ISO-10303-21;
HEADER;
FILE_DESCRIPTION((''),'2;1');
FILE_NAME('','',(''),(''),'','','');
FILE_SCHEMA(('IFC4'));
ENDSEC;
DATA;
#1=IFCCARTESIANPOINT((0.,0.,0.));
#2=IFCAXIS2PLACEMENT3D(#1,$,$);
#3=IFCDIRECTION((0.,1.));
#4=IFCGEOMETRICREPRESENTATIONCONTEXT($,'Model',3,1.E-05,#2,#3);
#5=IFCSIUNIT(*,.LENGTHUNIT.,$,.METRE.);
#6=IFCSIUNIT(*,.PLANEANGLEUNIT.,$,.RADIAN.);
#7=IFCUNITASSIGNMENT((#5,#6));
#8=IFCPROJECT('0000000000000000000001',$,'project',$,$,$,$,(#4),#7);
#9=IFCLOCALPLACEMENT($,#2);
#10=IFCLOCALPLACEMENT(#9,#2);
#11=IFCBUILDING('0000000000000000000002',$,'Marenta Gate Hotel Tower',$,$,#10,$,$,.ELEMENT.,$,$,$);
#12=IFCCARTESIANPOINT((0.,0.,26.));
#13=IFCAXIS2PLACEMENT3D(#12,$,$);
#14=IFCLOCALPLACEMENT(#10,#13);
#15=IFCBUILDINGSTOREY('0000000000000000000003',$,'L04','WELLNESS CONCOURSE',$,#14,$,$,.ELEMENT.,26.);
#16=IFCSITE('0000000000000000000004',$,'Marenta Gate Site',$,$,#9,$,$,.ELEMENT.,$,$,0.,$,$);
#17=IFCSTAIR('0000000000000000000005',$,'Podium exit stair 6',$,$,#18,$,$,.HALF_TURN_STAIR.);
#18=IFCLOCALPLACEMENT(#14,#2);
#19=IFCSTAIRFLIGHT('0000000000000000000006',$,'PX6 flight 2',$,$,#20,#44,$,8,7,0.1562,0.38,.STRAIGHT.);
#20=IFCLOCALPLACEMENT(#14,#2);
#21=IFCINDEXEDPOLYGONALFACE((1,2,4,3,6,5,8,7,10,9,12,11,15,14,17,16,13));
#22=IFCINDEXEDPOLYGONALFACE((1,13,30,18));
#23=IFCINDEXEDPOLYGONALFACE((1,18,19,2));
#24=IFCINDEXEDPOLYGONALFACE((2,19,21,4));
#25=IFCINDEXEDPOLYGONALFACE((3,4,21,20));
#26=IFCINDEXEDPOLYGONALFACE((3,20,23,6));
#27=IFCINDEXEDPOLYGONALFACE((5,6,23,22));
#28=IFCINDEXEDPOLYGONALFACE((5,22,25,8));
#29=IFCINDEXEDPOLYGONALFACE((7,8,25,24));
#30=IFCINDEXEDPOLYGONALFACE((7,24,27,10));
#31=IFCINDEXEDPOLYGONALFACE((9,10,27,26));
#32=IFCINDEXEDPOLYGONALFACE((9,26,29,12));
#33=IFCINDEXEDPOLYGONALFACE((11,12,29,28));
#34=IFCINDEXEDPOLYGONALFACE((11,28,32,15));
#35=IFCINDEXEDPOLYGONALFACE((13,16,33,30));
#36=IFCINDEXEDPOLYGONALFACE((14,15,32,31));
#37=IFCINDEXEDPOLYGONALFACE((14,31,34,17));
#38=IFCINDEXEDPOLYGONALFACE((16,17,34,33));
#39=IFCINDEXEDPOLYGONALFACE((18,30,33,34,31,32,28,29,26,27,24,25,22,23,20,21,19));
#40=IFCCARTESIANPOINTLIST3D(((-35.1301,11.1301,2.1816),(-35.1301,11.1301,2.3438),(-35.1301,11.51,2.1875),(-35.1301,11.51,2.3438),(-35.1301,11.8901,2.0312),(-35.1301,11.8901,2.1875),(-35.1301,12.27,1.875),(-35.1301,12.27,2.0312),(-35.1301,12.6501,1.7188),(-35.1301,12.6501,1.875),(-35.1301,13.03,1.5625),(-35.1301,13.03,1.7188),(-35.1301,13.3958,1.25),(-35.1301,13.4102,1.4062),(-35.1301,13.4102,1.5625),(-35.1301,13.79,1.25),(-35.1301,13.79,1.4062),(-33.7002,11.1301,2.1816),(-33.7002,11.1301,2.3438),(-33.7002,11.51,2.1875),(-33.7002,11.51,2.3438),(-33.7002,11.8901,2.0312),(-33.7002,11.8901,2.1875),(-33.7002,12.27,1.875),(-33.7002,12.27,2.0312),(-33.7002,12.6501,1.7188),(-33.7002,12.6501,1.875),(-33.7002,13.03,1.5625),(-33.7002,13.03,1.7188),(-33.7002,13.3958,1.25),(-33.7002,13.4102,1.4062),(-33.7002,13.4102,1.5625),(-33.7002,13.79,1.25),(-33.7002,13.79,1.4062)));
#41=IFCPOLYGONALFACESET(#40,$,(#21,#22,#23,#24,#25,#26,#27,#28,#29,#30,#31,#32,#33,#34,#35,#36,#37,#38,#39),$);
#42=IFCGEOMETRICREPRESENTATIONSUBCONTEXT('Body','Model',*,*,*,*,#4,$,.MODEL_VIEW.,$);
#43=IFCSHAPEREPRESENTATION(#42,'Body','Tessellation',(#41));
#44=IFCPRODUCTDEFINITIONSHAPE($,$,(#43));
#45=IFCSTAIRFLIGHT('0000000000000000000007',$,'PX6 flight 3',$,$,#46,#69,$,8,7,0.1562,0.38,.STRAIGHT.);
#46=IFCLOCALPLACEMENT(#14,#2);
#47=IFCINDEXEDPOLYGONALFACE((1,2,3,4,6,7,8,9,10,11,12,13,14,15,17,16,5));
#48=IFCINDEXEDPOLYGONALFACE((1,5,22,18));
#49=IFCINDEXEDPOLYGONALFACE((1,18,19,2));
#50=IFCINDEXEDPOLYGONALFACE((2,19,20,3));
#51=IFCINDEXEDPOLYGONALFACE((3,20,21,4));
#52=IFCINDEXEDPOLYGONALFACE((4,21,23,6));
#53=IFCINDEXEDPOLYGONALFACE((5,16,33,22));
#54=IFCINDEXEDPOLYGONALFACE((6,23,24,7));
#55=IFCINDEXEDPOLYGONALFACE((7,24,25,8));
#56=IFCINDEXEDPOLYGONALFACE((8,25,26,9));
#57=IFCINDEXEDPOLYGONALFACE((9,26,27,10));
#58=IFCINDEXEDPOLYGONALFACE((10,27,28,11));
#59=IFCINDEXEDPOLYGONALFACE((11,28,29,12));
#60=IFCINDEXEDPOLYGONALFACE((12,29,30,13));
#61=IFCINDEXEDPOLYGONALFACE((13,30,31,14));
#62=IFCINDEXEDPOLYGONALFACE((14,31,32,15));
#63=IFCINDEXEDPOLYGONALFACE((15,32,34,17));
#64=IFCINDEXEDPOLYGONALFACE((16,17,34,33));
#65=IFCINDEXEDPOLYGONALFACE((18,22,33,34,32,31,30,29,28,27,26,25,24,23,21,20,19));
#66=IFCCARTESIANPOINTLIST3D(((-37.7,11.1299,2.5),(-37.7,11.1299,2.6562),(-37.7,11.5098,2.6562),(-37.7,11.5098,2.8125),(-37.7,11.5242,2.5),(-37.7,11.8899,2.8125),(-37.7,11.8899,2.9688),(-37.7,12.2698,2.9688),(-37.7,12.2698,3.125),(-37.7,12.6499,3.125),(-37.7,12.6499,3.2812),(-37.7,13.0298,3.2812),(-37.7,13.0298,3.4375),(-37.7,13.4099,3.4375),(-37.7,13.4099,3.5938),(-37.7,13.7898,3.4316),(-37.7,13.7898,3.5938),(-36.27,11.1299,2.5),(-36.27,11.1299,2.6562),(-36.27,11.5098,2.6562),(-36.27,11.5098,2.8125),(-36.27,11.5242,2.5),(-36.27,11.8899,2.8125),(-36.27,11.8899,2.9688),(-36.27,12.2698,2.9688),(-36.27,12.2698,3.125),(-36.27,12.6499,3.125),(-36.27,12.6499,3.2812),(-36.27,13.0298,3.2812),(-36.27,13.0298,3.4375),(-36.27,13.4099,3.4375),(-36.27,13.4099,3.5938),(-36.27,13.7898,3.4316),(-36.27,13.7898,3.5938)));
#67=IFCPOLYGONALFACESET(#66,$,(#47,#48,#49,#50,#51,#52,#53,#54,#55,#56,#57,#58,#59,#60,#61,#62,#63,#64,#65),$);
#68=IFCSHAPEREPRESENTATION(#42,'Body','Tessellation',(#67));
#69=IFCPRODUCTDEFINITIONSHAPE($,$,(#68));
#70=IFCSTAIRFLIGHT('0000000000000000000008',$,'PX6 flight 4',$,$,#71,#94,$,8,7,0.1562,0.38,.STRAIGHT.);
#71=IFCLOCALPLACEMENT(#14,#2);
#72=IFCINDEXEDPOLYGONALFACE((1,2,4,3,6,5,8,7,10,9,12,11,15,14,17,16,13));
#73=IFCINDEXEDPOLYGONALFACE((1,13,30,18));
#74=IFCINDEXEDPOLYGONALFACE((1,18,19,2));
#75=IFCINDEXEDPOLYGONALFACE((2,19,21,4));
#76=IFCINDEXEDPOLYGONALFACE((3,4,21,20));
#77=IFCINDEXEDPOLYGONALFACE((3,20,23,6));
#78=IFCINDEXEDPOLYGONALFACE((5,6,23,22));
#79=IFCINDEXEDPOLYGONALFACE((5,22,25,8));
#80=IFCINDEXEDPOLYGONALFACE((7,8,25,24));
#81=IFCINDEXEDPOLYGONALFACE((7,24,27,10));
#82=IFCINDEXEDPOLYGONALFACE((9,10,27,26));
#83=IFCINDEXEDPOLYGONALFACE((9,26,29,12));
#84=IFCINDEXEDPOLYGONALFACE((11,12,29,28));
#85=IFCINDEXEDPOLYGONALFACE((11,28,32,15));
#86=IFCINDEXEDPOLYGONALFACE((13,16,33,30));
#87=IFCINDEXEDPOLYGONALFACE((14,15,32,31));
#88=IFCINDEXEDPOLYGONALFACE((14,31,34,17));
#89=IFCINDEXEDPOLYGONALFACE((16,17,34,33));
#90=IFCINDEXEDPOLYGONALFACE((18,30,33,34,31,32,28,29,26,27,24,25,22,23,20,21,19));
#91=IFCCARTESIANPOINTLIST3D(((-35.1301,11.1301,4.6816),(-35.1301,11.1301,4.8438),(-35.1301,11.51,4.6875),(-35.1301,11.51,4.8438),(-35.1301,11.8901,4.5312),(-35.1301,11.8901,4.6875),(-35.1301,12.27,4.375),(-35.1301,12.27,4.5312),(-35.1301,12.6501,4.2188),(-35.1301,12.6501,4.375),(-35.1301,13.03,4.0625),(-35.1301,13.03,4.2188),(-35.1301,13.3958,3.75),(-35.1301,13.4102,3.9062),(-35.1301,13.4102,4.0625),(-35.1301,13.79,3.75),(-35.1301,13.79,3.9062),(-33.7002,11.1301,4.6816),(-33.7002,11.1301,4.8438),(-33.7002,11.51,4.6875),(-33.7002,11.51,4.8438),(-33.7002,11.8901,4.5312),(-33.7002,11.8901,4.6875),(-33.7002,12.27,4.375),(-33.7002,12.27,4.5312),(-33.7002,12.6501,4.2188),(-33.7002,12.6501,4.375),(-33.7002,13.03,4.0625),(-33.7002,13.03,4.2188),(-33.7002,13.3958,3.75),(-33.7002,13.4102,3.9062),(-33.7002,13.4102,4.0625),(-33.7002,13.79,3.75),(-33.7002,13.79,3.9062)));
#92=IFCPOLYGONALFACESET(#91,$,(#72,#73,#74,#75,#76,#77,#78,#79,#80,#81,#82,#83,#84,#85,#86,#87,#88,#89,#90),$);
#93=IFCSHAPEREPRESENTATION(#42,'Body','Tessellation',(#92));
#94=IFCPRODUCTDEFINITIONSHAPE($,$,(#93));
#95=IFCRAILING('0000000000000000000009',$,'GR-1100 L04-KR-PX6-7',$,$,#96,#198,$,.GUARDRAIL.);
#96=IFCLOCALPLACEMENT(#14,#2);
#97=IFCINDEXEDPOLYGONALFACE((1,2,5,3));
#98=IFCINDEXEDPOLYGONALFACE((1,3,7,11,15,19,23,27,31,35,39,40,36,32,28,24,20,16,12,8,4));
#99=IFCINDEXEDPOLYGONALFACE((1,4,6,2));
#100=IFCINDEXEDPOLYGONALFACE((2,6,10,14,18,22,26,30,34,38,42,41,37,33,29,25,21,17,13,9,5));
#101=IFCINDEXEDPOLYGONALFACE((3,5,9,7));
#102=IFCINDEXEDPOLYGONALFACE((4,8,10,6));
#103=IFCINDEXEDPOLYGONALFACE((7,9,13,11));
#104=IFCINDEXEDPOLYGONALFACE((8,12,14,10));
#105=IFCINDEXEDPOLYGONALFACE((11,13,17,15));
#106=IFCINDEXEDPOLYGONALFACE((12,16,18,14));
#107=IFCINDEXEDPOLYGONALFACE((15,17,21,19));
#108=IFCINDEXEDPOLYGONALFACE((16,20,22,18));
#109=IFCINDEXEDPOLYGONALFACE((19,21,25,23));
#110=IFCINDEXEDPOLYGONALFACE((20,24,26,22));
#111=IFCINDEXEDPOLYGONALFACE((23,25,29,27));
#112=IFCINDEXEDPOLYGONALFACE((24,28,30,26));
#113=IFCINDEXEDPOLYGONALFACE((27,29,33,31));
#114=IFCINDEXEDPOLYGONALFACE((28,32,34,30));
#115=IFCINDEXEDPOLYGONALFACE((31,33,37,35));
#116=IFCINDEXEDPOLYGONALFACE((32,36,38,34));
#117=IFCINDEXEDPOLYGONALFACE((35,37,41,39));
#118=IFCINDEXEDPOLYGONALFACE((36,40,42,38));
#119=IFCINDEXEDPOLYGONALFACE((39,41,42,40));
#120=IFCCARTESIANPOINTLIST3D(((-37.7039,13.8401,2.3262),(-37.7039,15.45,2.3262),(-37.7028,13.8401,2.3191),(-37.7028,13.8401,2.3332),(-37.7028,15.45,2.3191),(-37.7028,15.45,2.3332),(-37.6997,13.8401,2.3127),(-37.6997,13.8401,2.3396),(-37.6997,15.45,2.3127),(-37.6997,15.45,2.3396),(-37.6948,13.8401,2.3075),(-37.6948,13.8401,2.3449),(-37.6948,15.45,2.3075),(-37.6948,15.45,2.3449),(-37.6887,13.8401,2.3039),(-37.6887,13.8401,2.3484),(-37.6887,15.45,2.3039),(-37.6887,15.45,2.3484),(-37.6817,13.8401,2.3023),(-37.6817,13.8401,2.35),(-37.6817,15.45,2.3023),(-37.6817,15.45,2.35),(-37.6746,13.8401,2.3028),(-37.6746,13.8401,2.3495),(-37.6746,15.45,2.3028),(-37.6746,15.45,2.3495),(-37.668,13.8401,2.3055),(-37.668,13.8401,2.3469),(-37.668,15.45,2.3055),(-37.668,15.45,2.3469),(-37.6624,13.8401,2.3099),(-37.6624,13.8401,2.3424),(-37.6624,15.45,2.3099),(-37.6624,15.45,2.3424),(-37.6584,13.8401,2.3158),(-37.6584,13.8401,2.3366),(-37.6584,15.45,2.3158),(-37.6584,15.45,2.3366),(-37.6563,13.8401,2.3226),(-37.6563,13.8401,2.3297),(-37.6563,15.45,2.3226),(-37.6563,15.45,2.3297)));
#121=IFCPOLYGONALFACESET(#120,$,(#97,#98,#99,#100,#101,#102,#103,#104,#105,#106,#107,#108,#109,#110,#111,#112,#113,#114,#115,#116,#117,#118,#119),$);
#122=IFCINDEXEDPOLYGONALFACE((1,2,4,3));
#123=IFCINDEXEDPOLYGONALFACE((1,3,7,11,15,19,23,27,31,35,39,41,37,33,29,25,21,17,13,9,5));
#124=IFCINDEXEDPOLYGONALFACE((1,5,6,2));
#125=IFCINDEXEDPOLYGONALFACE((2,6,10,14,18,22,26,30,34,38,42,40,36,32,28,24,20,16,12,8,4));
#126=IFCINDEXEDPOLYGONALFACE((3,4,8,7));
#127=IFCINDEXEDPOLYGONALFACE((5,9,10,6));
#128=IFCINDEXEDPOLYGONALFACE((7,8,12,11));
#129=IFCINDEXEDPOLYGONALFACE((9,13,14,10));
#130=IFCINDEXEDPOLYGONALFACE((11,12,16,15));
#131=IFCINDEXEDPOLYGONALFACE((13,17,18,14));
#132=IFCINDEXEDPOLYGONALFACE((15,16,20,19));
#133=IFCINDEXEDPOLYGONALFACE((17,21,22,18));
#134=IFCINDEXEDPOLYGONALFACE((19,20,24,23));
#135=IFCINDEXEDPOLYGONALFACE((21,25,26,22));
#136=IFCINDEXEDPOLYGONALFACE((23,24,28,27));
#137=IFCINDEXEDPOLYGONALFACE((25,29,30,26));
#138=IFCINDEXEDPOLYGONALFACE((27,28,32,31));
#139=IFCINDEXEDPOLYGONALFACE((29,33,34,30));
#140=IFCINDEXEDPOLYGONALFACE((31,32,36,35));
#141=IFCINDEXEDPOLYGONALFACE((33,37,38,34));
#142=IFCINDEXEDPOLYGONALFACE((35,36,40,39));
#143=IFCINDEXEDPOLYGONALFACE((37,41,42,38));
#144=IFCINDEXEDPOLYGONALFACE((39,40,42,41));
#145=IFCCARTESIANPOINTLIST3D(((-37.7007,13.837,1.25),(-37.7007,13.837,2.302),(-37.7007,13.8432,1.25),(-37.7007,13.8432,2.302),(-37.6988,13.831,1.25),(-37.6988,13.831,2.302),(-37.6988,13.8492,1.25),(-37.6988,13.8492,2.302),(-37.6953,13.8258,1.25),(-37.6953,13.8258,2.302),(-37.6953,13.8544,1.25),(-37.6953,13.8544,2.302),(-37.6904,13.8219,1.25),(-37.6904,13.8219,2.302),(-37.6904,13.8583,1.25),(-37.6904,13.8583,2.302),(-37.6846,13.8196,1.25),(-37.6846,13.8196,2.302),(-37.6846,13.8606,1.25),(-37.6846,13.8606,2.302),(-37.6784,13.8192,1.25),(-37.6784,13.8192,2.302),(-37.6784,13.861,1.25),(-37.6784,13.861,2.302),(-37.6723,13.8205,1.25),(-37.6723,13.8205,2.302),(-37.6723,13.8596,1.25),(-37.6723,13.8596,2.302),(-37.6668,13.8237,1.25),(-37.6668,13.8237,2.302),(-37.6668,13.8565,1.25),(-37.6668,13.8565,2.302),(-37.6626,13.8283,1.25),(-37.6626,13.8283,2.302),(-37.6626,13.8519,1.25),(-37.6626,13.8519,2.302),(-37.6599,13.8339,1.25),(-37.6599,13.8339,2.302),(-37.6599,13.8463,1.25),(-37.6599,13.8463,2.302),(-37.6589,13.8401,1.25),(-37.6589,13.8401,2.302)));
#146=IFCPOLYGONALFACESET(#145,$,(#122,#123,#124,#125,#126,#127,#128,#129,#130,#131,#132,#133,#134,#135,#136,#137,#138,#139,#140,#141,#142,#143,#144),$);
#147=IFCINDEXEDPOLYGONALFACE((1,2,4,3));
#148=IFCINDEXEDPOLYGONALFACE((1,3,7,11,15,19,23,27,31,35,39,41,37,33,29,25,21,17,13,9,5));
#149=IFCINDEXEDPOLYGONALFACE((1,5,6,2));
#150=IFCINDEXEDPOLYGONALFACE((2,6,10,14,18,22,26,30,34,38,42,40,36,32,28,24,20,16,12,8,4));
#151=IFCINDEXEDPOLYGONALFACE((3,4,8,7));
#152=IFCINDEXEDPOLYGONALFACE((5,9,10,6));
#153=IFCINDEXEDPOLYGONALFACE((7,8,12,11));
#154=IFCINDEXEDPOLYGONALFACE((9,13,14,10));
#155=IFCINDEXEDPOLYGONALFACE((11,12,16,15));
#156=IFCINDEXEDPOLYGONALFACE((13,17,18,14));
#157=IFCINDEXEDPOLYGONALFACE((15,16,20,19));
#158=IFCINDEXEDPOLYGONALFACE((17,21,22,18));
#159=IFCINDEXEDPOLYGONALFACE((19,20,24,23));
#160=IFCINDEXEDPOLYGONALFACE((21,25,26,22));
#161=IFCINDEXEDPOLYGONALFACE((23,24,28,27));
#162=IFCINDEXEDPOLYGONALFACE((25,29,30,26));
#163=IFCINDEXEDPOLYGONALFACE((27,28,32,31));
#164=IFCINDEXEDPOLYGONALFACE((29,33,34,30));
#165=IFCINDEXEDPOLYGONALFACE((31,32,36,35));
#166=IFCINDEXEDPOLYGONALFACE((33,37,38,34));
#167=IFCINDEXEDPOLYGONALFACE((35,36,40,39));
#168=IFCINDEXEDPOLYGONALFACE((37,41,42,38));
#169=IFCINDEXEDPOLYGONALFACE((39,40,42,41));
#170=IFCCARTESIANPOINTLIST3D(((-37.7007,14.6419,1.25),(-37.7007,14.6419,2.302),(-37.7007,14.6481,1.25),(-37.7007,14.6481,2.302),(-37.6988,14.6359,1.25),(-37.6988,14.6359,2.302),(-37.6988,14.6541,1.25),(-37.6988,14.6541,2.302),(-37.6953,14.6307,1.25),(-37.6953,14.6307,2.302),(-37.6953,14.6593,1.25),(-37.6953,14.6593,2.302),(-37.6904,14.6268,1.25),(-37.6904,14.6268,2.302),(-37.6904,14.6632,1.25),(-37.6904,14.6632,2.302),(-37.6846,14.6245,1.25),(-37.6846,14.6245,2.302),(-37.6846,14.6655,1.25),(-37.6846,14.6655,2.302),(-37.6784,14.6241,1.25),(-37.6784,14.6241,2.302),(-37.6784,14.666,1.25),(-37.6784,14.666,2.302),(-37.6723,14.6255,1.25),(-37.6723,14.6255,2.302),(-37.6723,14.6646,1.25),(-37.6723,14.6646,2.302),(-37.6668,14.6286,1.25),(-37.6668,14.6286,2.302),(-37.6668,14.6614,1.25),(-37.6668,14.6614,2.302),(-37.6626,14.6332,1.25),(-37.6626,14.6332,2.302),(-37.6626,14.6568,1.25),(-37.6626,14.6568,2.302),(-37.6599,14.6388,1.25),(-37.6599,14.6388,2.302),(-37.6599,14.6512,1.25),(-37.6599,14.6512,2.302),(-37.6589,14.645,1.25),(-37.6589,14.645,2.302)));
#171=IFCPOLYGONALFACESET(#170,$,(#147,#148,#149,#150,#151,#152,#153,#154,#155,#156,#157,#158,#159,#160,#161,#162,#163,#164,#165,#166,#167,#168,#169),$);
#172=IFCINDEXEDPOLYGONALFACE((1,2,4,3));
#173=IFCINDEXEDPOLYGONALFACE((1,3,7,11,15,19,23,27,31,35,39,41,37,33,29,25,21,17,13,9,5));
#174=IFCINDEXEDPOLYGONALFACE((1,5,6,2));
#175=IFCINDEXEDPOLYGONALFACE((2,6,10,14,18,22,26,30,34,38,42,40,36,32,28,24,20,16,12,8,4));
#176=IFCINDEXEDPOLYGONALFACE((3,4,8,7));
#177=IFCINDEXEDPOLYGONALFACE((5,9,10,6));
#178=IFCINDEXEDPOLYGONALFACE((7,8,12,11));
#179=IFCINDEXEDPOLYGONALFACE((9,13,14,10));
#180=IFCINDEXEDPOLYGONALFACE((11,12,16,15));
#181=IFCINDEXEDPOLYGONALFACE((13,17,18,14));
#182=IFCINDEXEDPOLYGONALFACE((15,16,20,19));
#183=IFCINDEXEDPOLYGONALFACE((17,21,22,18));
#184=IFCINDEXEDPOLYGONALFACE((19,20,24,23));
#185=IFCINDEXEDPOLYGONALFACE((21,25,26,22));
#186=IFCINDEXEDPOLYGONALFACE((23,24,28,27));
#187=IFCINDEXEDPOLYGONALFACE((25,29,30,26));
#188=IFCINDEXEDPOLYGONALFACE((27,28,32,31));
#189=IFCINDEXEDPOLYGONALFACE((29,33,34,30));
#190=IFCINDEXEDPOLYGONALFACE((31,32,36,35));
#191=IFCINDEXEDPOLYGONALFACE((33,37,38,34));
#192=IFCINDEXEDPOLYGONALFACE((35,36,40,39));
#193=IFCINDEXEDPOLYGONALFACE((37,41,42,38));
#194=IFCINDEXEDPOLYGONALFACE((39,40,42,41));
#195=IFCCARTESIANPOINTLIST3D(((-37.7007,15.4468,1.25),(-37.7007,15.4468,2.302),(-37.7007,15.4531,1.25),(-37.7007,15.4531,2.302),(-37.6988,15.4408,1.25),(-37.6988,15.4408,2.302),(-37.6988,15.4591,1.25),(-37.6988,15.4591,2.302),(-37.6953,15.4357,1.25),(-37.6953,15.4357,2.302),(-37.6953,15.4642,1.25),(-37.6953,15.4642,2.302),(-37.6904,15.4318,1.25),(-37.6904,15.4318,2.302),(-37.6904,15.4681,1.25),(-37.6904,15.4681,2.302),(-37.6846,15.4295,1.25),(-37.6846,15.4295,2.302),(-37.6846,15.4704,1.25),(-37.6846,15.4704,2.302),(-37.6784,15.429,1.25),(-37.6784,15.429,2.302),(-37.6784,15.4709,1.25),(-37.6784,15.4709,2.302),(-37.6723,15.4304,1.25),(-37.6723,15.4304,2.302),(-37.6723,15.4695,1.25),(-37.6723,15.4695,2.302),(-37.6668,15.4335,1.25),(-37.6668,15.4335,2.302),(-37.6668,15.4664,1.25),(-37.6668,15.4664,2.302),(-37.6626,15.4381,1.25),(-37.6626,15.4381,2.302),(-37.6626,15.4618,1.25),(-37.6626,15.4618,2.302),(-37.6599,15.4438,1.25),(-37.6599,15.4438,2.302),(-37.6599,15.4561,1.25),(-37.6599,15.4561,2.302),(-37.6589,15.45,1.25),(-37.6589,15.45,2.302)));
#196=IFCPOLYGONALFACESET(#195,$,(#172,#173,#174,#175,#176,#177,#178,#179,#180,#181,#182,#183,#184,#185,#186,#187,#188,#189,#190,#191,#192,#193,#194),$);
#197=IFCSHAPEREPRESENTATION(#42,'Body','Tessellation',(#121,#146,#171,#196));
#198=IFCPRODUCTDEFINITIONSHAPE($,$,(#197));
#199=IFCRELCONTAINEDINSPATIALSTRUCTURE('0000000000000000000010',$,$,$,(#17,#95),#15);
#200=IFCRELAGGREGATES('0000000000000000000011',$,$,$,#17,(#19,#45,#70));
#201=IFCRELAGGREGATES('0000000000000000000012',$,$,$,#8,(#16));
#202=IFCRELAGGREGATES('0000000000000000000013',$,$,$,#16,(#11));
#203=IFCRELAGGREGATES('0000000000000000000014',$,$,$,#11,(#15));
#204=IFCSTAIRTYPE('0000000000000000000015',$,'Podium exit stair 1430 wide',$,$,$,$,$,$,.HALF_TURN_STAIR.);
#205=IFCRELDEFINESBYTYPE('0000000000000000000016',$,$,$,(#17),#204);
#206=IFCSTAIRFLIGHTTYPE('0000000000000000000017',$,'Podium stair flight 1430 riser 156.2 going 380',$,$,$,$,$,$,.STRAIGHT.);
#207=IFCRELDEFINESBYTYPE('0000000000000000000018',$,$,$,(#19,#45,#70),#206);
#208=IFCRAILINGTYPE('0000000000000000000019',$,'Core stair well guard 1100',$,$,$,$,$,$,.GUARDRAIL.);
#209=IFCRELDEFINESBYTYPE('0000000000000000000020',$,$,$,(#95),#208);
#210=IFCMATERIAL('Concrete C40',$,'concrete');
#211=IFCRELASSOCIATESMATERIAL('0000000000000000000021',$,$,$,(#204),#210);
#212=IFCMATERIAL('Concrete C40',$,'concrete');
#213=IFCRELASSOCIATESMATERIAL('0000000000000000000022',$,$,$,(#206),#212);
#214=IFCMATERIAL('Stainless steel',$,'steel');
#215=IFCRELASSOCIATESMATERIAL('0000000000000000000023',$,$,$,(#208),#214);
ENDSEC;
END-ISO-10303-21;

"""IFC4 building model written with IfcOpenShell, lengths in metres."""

from ifc_helpers import new_model, si_unit, direction, frame, origin, origin_2d, place, context, subcontext, project, spatial, polyline, circle, outline, extrude, material, type_object, element, aggregate, save


model = new_model("IFC4")

# Units and contexts
model_context = context("Model", 3, precision=1e-05, world=origin(), true_north=direction((0.0, 1.0)))
body_context = subcontext(model_context, "Body", "Model", "MODEL_VIEW")
ifc_project = project(units=[si_unit("LENGTHUNIT", "METRE"), si_unit("PLANEANGLEUNIT", "RADIAN")], contexts=[model_context])

# Site, building, storey
site_placement = place(None, origin())
site = spatial("IfcSite", under=ifc_project, at=site_placement, Name="Marenta Gate Site", CompositionType="ELEMENT", RefElevation=0.0)
building_placement = place(site_placement, origin())
building = spatial("IfcBuilding", under=site, at=building_placement, Name="Marenta Gate Hotel Tower", CompositionType="ELEMENT")
storey_placement = place(building_placement, frame((0.0, 0.0, 26.0)))
storey = spatial("IfcBuildingStorey", under=building, at=storey_placement, Name="L04", Description="WELLNESS CONCOURSE", CompositionType="ELEMENT", Elevation=26.0)

# Stair, stair flights
ifc_material_1 = material(Name="Concrete C40", Category="concrete")
stair_type = type_object("IfcStairType", Name="Podium exit stair 1430 wide", PredefinedType="HALF_TURN_STAIR", material=ifc_material_1)
stair_placement = place(storey_placement, origin())
stair = element("IfcStair", 1, at=stair_placement, inside=storey, type_object=stair_type, Name="Podium exit stair 6", PredefinedType="HALF_TURN_STAIR")
ifc_material_2 = material(Name="Concrete C40", Category="concrete")
stair_flight_type = type_object("IfcStairFlightType", Name="Podium stair flight 1430 riser 156.2 going 380", PredefinedType="STRAIGHT", material=ifc_material_2)
stair_flight_1_placement = place(storey_placement, frame((-34.415, 13.79, 1.25), z_axis=(0.0, 0.0, 1.0), x_axis=(0.0, -1.0, 0.0)))
stair_flight_1 = element("IfcStairFlight", 2, at=stair_flight_1_placement, type_object=stair_flight_type, Name="PX6 flight 2", NumberOfRisers=8, NumberOfTreads=7, PredefinedType="STRAIGHT", RiserHeight=0.1562, TreadLength=0.38, context=body_context, shape_type="SweptSolid", body=[
    extrude(outline(polyline([(0.0, 0.0), (0.0, 0.1562), (0.3799, 0.1562), (0.3799, 0.3125), (0.76, 0.3125), (0.76, 0.4688), (1.1399, 0.4688), (1.1399, 0.625), (1.52, 0.625), (1.52, 0.7812), (1.8999, 0.7812), (1.8999, 0.9375), (2.28, 0.9375), (2.28, 1.0938), (2.6599, 1.0938), (2.6599, 1.25), (2.6599, 0.9316), (0.3943, 0.0), (0.0, 0.0)])), frame((0.0, 0.7148, 0.0), z_axis=(0.0, -1.0, 0.0), x_axis=(1.0, 0.0, 0.0)), (0.0, 0.0, 1.0), 1.4299),
])
stair_flight_2_placement = place(storey_placement, frame((-36.9851, 11.1299, 2.5), z_axis=(0.0, 0.0, 1.0), x_axis=(0.0, 1.0, 0.0)))
stair_flight_2 = element("IfcStairFlight", 3, at=stair_flight_2_placement, type_object=stair_flight_type, Name="PX6 flight 3", NumberOfRisers=8, NumberOfTreads=7, PredefinedType="STRAIGHT", RiserHeight=0.1562, TreadLength=0.38, context=body_context, shape_type="SweptSolid", body=[
    extrude(outline(polyline([(0.0, 0.0), (0.0, 0.1562), (0.3799, 0.1562), (0.3799, 0.3125), (0.76, 0.3125), (0.76, 0.4688), (1.1399, 0.4688), (1.1399, 0.625), (1.52, 0.625), (1.52, 0.7812), (1.8999, 0.7812), (1.8999, 0.9375), (2.28, 0.9375), (2.28, 1.0938), (2.6599, 1.0938), (2.6599, 1.25), (2.6599, 0.9316), (0.3943, 0.0), (0.0, 0.0)])), frame((0.0, 0.7148, 0.0), z_axis=(0.0, -1.0, 0.0), x_axis=(1.0, 0.0, 0.0)), (0.0, 0.0, 1.0), 1.4299),
])
stair_flight_3_placement = place(storey_placement, frame((-34.415, 13.79, 3.75), z_axis=(0.0, 0.0, 1.0), x_axis=(0.0, -1.0, 0.0)))
stair_flight_3 = element("IfcStairFlight", 4, at=stair_flight_3_placement, type_object=stair_flight_type, Name="PX6 flight 4", NumberOfRisers=8, NumberOfTreads=7, PredefinedType="STRAIGHT", RiserHeight=0.1562, TreadLength=0.38, context=body_context, shape_type="SweptSolid", body=[
    extrude(outline(polyline([(0.0, 0.0), (0.0, 0.1562), (0.3799, 0.1562), (0.3799, 0.3125), (0.76, 0.3125), (0.76, 0.4688), (1.1399, 0.4688), (1.1399, 0.625), (1.52, 0.625), (1.52, 0.7812), (1.8999, 0.7812), (1.8999, 0.9375), (2.28, 0.9375), (2.28, 1.0938), (2.6599, 1.0938), (2.6599, 1.25), (2.6599, 0.9316), (0.3943, 0.0), (0.0, 0.0)])), frame((0.0, 0.7148, 0.0), z_axis=(0.0, -1.0, 0.0), x_axis=(1.0, 0.0, 0.0)), (0.0, 0.0, 1.0), 1.4299),
])
aggregate(stair, [stair_flight_1, stair_flight_2, stair_flight_3])

# Railing
ifc_material_3 = material(Name="Stainless steel", Category="steel")
railing_type_1 = type_object("IfcRailingType", Name="Core stair well guard 1100", PredefinedType="GUARDRAIL", material=ifc_material_3)
for number, where, name in (
    (5, (-37.6799, 13.8401, 1.25), "GR-1100 L04-KR-PX6-7"),
):
    element("IfcRailing", number, at=place(storey_placement, frame(where)), inside=storey, type_object=railing_type_1, Name=name, PredefinedType="GUARDRAIL", context=body_context, shape_type="SweptSolid", body=[
        extrude(circle(Radius=0.0239, at=origin_2d()), frame((0.0, 0.0, 1.0762), z_axis=(0.0, 1.0, 0.0), x_axis=(-1.0, 0.0, 0.0)), (0.0, 0.0, 1.0), 1.6099),
        extrude(circle(Radius=0.021, at=origin_2d()), origin(), (0.0, 0.0, 1.0), 1.052),
        extrude(circle(Radius=0.021, at=origin_2d()), frame((0.0, 0.8049, 0.0)), (0.0, 0.0, 1.0), 1.052),
        extrude(circle(Radius=0.021, at=origin_2d()), frame((0.0, 1.6099, 0.0)), (0.0, 0.0, 1.0), 1.052),
    ])

save(model, "model.ifc")
